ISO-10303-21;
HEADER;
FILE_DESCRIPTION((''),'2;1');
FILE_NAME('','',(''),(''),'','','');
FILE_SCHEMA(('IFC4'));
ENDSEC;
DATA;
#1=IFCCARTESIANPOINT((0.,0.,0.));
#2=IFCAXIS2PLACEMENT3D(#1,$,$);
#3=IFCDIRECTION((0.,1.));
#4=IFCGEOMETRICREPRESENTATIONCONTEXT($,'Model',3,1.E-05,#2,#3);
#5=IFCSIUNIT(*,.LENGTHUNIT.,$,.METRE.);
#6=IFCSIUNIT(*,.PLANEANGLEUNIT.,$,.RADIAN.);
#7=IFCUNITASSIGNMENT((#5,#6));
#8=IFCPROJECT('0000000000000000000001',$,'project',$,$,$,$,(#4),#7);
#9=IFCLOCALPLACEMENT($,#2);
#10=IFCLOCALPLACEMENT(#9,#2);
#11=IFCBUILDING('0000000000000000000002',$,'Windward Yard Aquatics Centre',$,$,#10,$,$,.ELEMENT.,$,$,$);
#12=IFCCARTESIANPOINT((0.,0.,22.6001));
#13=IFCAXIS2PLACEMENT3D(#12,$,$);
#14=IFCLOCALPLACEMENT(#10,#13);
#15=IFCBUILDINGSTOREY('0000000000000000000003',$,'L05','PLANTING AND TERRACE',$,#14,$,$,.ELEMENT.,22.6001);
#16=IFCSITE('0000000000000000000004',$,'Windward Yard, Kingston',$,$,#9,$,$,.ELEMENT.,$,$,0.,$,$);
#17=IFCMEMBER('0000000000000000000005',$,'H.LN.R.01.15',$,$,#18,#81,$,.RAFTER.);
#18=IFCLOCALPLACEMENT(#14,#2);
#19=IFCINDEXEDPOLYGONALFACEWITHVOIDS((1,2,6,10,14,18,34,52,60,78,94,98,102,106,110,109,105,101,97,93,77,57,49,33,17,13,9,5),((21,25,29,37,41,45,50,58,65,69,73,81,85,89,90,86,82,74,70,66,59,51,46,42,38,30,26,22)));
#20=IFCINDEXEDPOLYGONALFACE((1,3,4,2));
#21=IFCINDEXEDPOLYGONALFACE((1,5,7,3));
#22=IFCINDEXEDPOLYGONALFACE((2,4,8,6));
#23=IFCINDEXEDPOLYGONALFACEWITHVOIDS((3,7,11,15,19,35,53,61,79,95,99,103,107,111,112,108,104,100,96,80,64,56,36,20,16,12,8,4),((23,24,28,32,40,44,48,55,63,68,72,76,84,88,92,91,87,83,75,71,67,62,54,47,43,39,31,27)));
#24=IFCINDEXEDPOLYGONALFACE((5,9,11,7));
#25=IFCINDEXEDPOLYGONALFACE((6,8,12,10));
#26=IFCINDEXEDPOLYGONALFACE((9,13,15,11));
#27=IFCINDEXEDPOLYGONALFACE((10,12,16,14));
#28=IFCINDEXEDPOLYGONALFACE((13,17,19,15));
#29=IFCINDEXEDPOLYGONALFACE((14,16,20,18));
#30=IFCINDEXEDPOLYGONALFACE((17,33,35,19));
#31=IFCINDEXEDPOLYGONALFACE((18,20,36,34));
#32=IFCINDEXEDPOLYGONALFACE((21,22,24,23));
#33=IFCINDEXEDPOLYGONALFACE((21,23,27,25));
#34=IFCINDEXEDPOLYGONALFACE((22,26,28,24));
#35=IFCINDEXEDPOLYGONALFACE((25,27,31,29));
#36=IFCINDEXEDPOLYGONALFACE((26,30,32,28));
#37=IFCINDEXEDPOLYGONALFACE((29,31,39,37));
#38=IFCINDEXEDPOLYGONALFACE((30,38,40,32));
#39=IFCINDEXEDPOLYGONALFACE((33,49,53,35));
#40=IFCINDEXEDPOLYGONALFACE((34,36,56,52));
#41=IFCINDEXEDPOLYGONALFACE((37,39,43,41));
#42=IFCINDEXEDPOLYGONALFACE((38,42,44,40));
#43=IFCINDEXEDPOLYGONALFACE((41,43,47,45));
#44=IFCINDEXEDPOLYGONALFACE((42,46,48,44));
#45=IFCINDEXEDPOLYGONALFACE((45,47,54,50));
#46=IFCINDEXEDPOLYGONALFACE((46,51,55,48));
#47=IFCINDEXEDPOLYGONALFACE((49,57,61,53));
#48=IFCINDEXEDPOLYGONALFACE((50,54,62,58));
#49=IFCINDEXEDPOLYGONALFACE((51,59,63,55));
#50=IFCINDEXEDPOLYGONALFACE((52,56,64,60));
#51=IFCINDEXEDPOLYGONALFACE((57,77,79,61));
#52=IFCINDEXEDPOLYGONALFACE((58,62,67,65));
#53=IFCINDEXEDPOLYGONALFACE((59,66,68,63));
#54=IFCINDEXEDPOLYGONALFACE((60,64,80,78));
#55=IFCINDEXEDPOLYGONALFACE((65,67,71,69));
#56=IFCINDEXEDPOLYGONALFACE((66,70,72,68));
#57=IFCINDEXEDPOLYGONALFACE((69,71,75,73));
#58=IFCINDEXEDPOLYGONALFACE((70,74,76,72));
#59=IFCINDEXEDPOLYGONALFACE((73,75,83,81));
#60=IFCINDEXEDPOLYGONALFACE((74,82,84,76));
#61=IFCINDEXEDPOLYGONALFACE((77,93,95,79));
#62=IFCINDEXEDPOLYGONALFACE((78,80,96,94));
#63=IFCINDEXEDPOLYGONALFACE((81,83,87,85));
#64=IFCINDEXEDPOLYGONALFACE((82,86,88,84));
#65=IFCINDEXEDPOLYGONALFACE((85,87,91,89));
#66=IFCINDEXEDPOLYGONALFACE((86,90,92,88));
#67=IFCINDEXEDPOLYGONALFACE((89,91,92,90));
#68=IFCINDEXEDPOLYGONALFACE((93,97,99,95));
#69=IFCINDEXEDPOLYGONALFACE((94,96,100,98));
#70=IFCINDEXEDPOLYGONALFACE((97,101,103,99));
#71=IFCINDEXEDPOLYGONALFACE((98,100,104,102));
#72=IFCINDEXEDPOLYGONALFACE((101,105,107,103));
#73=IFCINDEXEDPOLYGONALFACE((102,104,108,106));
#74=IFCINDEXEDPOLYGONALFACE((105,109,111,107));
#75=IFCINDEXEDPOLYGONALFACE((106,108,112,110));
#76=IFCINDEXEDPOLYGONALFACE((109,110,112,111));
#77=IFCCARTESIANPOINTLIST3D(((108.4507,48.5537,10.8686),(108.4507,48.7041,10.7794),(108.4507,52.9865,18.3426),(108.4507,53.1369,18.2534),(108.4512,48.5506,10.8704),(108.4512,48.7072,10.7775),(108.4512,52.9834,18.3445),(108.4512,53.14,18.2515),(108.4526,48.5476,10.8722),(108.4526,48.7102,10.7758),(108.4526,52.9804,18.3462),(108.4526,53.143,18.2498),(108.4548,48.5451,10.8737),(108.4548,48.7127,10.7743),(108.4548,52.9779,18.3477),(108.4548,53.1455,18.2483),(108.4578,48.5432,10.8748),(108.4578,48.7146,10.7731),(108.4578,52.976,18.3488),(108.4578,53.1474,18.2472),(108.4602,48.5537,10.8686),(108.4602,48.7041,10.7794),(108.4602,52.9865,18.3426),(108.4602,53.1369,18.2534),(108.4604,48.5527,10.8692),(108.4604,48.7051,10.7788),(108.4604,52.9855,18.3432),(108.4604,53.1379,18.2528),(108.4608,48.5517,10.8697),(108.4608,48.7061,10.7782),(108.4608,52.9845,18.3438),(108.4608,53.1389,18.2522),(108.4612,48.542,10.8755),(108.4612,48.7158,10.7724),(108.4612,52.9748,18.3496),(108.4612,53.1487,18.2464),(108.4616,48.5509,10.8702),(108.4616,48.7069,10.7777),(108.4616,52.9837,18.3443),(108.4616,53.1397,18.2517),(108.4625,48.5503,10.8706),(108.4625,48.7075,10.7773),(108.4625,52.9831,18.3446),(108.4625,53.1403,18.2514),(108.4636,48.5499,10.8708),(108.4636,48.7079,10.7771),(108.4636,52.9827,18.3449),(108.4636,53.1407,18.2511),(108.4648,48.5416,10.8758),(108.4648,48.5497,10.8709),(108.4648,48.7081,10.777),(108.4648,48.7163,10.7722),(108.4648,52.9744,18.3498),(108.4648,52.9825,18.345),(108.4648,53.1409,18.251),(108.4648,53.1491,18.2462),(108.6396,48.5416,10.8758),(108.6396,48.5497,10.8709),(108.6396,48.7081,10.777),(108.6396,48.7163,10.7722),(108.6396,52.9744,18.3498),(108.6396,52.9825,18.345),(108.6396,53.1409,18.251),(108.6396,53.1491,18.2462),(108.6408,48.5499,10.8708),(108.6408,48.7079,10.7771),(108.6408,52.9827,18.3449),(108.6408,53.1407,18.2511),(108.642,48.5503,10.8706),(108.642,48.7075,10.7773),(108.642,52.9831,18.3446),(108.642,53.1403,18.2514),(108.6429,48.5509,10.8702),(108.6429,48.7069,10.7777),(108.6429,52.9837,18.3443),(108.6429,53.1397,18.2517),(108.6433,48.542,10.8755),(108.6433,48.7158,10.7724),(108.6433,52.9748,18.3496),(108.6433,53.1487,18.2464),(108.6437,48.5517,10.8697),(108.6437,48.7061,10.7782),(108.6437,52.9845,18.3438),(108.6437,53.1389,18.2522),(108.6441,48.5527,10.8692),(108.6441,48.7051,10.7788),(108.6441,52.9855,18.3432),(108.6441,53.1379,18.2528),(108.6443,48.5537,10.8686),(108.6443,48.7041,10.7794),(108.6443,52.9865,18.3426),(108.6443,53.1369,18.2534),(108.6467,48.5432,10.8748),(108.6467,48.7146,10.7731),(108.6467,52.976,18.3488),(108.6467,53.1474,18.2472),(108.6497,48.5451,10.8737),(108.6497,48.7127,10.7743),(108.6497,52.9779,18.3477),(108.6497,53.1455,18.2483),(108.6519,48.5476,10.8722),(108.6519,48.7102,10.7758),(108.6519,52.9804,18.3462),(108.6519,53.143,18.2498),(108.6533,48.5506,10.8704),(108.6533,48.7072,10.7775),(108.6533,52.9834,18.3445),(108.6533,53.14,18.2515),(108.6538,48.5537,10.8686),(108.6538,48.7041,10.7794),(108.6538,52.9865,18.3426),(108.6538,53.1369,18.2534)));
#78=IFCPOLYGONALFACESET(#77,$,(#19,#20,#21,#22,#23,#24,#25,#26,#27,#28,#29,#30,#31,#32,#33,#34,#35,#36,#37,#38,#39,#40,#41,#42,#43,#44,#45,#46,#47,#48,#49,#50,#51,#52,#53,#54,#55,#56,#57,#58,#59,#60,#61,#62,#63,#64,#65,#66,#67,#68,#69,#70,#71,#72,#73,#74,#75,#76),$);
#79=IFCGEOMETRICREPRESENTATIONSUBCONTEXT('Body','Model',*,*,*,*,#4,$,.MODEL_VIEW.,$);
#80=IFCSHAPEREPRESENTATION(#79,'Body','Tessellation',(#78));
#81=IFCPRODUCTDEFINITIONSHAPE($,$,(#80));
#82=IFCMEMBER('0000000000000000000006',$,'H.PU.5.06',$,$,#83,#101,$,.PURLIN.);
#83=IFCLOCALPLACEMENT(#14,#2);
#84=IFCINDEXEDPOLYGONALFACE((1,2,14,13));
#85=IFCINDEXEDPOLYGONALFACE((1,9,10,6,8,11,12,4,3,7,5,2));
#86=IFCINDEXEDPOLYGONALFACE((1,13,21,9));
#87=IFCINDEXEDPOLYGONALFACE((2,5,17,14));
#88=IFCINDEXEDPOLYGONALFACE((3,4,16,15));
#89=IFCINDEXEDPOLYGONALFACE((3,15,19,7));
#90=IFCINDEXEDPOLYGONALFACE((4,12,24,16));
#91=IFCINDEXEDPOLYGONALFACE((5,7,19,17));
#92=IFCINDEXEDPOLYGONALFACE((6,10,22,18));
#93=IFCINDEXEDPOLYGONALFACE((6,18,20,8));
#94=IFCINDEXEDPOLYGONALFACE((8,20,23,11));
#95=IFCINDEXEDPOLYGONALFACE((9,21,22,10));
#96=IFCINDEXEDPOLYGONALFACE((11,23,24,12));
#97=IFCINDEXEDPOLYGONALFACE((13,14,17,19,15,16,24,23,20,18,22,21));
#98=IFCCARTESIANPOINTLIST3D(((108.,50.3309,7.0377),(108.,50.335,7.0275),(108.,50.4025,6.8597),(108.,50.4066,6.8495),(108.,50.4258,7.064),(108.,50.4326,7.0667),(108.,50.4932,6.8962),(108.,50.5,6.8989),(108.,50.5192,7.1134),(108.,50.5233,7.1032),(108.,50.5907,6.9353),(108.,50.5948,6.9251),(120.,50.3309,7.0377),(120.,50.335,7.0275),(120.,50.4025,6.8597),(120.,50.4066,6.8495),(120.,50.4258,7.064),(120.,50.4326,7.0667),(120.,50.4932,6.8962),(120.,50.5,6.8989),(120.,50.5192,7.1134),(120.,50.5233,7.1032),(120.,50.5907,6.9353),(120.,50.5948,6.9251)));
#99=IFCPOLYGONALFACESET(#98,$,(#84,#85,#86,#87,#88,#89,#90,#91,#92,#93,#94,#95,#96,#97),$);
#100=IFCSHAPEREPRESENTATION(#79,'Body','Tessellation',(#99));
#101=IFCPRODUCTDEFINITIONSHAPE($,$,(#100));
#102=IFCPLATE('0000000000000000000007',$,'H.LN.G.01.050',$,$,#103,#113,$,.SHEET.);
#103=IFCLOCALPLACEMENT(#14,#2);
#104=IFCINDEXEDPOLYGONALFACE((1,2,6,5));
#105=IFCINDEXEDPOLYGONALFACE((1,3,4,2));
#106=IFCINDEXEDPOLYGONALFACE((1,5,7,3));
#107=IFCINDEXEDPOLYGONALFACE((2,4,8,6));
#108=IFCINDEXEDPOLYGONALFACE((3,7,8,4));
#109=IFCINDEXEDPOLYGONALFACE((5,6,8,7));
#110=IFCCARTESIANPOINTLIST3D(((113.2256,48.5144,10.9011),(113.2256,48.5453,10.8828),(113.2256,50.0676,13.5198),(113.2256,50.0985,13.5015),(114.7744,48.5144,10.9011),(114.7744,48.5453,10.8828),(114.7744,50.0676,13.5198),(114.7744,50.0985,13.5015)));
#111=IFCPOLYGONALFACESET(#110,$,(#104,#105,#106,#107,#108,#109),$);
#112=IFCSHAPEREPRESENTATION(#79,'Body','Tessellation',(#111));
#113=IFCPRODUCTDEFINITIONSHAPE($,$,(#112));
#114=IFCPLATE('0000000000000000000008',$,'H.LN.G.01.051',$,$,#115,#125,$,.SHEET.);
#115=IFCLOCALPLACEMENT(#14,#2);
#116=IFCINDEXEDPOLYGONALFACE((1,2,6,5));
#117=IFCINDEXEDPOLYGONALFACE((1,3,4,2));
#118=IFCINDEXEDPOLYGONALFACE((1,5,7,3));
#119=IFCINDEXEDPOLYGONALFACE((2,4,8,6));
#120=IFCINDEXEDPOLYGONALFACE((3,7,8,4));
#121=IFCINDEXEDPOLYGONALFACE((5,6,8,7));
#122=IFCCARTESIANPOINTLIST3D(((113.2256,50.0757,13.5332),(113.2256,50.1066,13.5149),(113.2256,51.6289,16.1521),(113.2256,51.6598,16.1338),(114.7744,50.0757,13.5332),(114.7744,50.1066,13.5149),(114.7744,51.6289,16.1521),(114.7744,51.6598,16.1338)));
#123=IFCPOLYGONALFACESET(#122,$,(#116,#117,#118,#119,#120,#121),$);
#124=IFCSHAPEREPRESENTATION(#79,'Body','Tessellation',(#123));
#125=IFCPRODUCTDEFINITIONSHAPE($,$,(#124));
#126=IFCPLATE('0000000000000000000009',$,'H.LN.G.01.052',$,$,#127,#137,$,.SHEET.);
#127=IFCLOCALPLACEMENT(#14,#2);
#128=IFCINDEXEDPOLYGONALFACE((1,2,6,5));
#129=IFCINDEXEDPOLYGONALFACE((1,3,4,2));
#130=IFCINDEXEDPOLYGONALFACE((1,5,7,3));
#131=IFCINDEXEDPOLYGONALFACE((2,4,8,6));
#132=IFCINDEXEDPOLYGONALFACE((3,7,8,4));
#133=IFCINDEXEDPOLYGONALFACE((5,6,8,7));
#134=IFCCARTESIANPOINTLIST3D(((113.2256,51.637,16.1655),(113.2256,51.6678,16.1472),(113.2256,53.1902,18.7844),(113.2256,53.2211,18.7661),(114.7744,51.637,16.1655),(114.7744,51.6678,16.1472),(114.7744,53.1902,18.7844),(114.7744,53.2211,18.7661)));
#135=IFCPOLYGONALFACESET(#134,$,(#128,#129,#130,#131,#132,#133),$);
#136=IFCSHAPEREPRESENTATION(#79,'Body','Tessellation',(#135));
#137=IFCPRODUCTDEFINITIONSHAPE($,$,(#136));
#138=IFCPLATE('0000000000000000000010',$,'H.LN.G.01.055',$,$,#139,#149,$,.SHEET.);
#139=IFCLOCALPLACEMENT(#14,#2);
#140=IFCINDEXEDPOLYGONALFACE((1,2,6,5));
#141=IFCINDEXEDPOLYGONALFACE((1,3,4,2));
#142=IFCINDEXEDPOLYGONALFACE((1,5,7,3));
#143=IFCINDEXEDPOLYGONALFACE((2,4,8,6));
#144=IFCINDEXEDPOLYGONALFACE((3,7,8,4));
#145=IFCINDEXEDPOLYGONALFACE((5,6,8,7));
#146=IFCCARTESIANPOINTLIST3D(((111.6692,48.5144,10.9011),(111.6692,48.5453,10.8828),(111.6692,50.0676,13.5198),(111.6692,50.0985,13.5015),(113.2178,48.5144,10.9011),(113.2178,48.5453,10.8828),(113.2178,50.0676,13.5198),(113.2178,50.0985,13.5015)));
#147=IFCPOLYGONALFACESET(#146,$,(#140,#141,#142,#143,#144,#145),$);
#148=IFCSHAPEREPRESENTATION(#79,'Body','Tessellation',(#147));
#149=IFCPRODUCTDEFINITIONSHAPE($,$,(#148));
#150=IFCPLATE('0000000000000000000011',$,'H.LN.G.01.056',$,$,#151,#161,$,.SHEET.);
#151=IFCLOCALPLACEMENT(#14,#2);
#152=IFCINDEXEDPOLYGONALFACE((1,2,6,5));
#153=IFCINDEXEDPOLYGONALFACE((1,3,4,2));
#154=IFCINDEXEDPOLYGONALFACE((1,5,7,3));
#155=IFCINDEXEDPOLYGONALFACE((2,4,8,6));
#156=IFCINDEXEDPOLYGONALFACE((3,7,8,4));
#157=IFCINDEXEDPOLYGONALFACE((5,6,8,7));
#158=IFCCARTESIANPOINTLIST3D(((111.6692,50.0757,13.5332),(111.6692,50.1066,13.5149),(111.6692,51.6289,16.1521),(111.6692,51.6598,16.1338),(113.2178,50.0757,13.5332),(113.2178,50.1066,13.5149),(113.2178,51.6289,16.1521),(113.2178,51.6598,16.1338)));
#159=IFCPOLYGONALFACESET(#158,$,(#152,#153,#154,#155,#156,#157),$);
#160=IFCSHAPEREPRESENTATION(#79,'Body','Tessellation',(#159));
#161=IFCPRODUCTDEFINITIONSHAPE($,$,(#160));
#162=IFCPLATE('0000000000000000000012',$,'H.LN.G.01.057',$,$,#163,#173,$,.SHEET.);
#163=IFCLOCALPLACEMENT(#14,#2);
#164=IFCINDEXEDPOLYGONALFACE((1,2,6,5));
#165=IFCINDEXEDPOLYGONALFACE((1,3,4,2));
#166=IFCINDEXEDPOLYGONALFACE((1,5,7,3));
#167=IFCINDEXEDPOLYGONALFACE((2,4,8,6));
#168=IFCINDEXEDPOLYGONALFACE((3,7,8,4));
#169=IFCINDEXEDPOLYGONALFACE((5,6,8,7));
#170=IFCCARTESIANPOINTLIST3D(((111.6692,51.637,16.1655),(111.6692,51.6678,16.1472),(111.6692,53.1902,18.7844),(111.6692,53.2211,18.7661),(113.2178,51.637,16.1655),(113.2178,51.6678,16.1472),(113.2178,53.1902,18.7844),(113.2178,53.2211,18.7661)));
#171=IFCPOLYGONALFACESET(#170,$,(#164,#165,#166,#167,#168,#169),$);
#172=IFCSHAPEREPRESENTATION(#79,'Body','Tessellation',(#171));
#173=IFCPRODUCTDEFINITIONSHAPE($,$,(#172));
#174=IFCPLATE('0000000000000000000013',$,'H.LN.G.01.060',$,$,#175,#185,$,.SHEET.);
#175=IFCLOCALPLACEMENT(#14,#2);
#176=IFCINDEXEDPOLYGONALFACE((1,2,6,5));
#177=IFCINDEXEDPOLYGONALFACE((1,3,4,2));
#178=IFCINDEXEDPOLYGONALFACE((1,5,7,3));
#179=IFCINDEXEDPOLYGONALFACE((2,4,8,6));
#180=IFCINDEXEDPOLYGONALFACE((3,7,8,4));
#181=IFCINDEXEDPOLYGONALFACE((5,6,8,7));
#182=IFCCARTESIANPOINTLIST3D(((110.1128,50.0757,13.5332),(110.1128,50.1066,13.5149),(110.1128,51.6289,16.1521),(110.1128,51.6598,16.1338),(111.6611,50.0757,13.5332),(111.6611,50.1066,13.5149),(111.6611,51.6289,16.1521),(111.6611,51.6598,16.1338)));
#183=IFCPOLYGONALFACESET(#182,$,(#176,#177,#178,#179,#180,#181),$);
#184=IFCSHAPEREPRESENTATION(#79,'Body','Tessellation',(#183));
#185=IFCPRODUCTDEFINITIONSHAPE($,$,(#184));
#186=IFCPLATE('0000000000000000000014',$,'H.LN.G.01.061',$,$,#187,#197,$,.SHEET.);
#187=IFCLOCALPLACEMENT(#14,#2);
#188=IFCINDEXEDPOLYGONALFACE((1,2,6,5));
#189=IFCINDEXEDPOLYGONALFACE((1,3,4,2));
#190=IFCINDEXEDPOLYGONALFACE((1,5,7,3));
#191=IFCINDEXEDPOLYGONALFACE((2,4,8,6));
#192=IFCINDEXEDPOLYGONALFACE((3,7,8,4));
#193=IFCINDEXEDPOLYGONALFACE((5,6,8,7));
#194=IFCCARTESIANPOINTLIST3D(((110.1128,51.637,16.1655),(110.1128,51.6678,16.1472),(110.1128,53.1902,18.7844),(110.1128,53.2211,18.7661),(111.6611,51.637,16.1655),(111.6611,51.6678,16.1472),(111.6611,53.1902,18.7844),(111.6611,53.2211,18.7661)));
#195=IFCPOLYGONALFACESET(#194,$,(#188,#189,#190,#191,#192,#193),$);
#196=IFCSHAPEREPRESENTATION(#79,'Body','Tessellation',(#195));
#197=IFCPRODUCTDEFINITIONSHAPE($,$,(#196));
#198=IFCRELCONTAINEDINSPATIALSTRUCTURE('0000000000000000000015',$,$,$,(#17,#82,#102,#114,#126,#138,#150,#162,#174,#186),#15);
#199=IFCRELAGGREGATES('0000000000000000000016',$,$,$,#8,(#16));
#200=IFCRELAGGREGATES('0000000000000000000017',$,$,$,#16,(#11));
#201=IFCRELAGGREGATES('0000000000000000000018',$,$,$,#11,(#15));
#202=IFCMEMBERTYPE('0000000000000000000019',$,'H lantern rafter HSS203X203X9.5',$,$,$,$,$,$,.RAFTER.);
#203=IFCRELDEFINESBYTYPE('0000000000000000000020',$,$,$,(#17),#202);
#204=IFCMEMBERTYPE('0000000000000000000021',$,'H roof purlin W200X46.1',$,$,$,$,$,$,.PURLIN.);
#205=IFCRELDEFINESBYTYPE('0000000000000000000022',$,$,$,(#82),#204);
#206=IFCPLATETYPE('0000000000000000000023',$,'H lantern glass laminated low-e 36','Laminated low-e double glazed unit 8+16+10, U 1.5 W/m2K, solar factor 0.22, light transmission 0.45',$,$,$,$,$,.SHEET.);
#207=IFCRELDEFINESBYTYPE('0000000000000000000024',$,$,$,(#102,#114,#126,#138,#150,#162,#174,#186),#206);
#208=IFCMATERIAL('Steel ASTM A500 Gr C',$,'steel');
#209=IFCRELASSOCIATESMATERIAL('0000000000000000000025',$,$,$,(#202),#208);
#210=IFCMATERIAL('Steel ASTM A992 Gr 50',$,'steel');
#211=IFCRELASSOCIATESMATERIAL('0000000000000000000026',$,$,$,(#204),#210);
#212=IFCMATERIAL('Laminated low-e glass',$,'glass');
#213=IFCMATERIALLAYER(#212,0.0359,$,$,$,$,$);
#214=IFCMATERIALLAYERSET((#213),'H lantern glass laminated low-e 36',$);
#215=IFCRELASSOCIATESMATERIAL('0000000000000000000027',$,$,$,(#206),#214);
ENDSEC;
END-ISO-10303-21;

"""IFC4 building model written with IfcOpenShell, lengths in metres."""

from ifc_helpers import new_model, si_unit, direction, frame, origin, origin_2d, place, context, subcontext, project, spatial, polyline, hollow_rectangle, i_section, outline, extrude, material, layer, layer_set, material_profile, profile_set, type_object, element, save


model = new_model("IFC4")

# Units and contexts
model_context = context("Model", 3, precision=1e-05, world=origin(), true_north=direction((0.0, 1.0)))
body_context = subcontext(model_context, "Body", "Model", "MODEL_VIEW")
ifc_project = project(units=[si_unit("LENGTHUNIT", "METRE"), si_unit("PLANEANGLEUNIT", "RADIAN")], contexts=[model_context])

# Site, building, storey
site_placement = place(None, origin())
site = spatial("IfcSite", under=ifc_project, at=site_placement, Name="Windward Yard, Kingston", CompositionType="ELEMENT", RefElevation=0.0)
building_placement = place(site_placement, origin())
building = spatial("IfcBuilding", under=site, at=building_placement, Name="Windward Yard Aquatics Centre", CompositionType="ELEMENT")
storey_placement = place(building_placement, frame((0.0, 0.0, 22.6001)))
storey = spatial("IfcBuildingStorey", under=building, at=storey_placement, Name="L05", Description="PLANTING AND TERRACE", CompositionType="ELEMENT", Elevation=22.6001)

# Members
ifc_material_1 = material(Name="Steel ASTM A500 Gr C", Category="steel")
ifc_material_profile_1 = material_profile(ifc_material_1, hollow_rectangle(XDim=0.2031, YDim=0.2031, WallThickness=0.0095, InnerFilletRadius=0.0046, OuterFilletRadius=0.0142, at=origin_2d()), Name="HSS203X203X9.5")
ifc_profile_set_1 = profile_set([ifc_material_profile_1], Name="Steel ASTM A500 Gr C")
member_type_1 = type_object("IfcMemberType", Name="H lantern rafter HSS203X203X9.5", PredefinedType="RAFTER", material=ifc_profile_set_1)
member_1_placement = place(storey_placement, frame((108.5522, 48.6289, 10.824), z_axis=(0.0, 0.510122, 0.860102), x_axis=(-1.0, 0.0, 0.0)))
element("IfcMember", 1, at=member_1_placement, inside=storey, type_object=member_type_1, Name="H.LN.R.01.15", PredefinedType="RAFTER", context=body_context, shape_type="SweptSolid", body=[
    extrude(hollow_rectangle(XDim=0.2031, YDim=0.2031, WallThickness=0.0095, InnerFilletRadius=0.0046, OuterFilletRadius=0.0142, at=origin_2d()), origin(), (0.0, 0.0, 1.0), 8.6897),
])
ifc_material_2 = material(Name="Steel ASTM A992 Gr 50", Category="steel")
ifc_material_profile_2 = material_profile(ifc_material_2, i_section(OverallWidth=0.2029, OverallDepth=0.2029, WebThickness=0.0073, FlangeThickness=0.011, at=origin_2d()), Name="W200X46.1")
ifc_profile_set_2 = profile_set([ifc_material_profile_2], Name="Steel ASTM A992 Gr 50")
member_type_2 = type_object("IfcMemberType", Name="H roof purlin W200X46.1", PredefinedType="PURLIN", material=ifc_profile_set_2)
member_2_placement = place(storey_placement, frame((108.0, 50.4629, 6.9814), z_axis=(1.0, 0.0, 0.0), x_axis=(0.0, 0.927869, 0.372907)))
element("IfcMember", 2, at=member_2_placement, inside=storey, type_object=member_type_2, Name="H.PU.5.06", PredefinedType="PURLIN", context=body_context, shape_type="SweptSolid", body=[
    extrude(i_section(OverallWidth=0.2029, OverallDepth=0.2029, WebThickness=0.0073, FlangeThickness=0.011, at=origin_2d()), origin(), (0.0, 0.0, 1.0), 12.0),
])

# Plates
ifc_material_3 = material(Name="Laminated low-e glass", Category="glass")
ifc_layer_1 = layer(ifc_material_3, 0.0359)
ifc_layer_set_1 = layer_set([ifc_layer_1], Name="H lantern glass laminated low-e 36")
plate_type = type_object("IfcPlateType", Name="H lantern glass laminated low-e 36", Description="Laminated low-e double glazed unit 8+16+10, U 1.5 W/m2K, solar factor 0.22, light transmission 0.45", PredefinedType="SHEET", material=ifc_layer_set_1)
plate_1_placement = place(storey_placement, frame((113.2256, 48.5144, 10.9011), z_axis=(0.0, -0.860086, 0.51015), x_axis=(0.0, 0.51015, 0.860086)))
element("IfcPlate", 3, at=plate_1_placement, inside=storey, type_object=plate_type, Name="H.LN.G.01.050", PredefinedType="SHEET", context=body_context, shape_type="SweptSolid", body=[
    extrude(outline(polyline([(0.0, 0.0), (3.0446, 0.0), (3.0446, -1.5488), (0.0, -1.5488), (0.0, 0.0)])), origin(), (0.0, 0.0, -1.0), 0.0359),
])
for number, where, z_axis, x_axis, name in (
    (4, (113.2256, 50.0757, 13.5332), (0.0, -0.860107, 0.510114), (0.0, 0.510114, 0.860107), "H.LN.G.01.051"),
    (5, (113.2256, 51.637, 16.1655), (0.0, -0.860107, 0.510114), (0.0, 0.510114, 0.860107), "H.LN.G.01.052"),
):
    element("IfcPlate", number, at=place(storey_placement, frame(where, z_axis=z_axis, x_axis=x_axis)), inside=storey, type_object=plate_type, Name=name, PredefinedType="SHEET", context=body_context, shape_type="SweptSolid", body=[
        extrude(outline(polyline([(0.0, 0.0), (3.0449, 0.0), (3.0449, -1.5488), (0.0, -1.5488), (0.0, 0.0)])), origin(), (0.0, 0.0, -1.0), 0.0359),
    ])
plate_2_placement = place(storey_placement, frame((111.6692, 48.5144, 10.9011), z_axis=(0.0, -0.860086, 0.51015), x_axis=(0.0, 0.51015, 0.860086)))
element("IfcPlate", 6, at=plate_2_placement, inside=storey, type_object=plate_type, Name="H.LN.G.01.055", PredefinedType="SHEET", context=body_context, shape_type="SweptSolid", body=[
    extrude(outline(polyline([(0.0, 0.0), (3.0446, 0.0), (3.0446, -1.5486), (0.0, -1.5486), (0.0, 0.0)])), origin(), (0.0, 0.0, -1.0), 0.0359),
])
for number, where, z_axis, x_axis, name in (
    (7, (111.6692, 50.0757, 13.5332), (0.0, -0.860107, 0.510114), (0.0, 0.510114, 0.860107), "H.LN.G.01.056"),
    (8, (111.6692, 51.637, 16.1655), (0.0, -0.860107, 0.510114), (0.0, 0.510114, 0.860107), "H.LN.G.01.057"),
):
    element("IfcPlate", number, at=place(storey_placement, frame(where, z_axis=z_axis, x_axis=x_axis)), inside=storey, type_object=plate_type, Name=name, PredefinedType="SHEET", context=body_context, shape_type="SweptSolid", body=[
        extrude(outline(polyline([(0.0, 0.0), (3.0449, 0.0), (3.0449, -1.5486), (0.0, -1.5486), (0.0, 0.0)])), origin(), (0.0, 0.0, -1.0), 0.0359),
    ])
for number, where, z_axis, x_axis, name in (
    (9, (110.1128, 50.0757, 13.5332), (0.0, -0.860107, 0.510114), (0.0, 0.510114, 0.860107), "H.LN.G.01.060"),
    (10, (110.1128, 51.637, 16.1655), (0.0, -0.860107, 0.510114), (0.0, 0.510114, 0.860107), "H.LN.G.01.061"),
):
    element("IfcPlate", number, at=place(storey_placement, frame(where, z_axis=z_axis, x_axis=x_axis)), inside=storey, type_object=plate_type, Name=name, PredefinedType="SHEET", context=body_context, shape_type="SweptSolid", body=[
        extrude(outline(polyline([(0.0, 0.0), (3.0449, 0.0), (3.0449, -1.5483), (0.0, -1.5483), (0.0, 0.0)])), origin(), (0.0, 0.0, -1.0), 0.0359),
    ])

save(model, "model.ifc")
